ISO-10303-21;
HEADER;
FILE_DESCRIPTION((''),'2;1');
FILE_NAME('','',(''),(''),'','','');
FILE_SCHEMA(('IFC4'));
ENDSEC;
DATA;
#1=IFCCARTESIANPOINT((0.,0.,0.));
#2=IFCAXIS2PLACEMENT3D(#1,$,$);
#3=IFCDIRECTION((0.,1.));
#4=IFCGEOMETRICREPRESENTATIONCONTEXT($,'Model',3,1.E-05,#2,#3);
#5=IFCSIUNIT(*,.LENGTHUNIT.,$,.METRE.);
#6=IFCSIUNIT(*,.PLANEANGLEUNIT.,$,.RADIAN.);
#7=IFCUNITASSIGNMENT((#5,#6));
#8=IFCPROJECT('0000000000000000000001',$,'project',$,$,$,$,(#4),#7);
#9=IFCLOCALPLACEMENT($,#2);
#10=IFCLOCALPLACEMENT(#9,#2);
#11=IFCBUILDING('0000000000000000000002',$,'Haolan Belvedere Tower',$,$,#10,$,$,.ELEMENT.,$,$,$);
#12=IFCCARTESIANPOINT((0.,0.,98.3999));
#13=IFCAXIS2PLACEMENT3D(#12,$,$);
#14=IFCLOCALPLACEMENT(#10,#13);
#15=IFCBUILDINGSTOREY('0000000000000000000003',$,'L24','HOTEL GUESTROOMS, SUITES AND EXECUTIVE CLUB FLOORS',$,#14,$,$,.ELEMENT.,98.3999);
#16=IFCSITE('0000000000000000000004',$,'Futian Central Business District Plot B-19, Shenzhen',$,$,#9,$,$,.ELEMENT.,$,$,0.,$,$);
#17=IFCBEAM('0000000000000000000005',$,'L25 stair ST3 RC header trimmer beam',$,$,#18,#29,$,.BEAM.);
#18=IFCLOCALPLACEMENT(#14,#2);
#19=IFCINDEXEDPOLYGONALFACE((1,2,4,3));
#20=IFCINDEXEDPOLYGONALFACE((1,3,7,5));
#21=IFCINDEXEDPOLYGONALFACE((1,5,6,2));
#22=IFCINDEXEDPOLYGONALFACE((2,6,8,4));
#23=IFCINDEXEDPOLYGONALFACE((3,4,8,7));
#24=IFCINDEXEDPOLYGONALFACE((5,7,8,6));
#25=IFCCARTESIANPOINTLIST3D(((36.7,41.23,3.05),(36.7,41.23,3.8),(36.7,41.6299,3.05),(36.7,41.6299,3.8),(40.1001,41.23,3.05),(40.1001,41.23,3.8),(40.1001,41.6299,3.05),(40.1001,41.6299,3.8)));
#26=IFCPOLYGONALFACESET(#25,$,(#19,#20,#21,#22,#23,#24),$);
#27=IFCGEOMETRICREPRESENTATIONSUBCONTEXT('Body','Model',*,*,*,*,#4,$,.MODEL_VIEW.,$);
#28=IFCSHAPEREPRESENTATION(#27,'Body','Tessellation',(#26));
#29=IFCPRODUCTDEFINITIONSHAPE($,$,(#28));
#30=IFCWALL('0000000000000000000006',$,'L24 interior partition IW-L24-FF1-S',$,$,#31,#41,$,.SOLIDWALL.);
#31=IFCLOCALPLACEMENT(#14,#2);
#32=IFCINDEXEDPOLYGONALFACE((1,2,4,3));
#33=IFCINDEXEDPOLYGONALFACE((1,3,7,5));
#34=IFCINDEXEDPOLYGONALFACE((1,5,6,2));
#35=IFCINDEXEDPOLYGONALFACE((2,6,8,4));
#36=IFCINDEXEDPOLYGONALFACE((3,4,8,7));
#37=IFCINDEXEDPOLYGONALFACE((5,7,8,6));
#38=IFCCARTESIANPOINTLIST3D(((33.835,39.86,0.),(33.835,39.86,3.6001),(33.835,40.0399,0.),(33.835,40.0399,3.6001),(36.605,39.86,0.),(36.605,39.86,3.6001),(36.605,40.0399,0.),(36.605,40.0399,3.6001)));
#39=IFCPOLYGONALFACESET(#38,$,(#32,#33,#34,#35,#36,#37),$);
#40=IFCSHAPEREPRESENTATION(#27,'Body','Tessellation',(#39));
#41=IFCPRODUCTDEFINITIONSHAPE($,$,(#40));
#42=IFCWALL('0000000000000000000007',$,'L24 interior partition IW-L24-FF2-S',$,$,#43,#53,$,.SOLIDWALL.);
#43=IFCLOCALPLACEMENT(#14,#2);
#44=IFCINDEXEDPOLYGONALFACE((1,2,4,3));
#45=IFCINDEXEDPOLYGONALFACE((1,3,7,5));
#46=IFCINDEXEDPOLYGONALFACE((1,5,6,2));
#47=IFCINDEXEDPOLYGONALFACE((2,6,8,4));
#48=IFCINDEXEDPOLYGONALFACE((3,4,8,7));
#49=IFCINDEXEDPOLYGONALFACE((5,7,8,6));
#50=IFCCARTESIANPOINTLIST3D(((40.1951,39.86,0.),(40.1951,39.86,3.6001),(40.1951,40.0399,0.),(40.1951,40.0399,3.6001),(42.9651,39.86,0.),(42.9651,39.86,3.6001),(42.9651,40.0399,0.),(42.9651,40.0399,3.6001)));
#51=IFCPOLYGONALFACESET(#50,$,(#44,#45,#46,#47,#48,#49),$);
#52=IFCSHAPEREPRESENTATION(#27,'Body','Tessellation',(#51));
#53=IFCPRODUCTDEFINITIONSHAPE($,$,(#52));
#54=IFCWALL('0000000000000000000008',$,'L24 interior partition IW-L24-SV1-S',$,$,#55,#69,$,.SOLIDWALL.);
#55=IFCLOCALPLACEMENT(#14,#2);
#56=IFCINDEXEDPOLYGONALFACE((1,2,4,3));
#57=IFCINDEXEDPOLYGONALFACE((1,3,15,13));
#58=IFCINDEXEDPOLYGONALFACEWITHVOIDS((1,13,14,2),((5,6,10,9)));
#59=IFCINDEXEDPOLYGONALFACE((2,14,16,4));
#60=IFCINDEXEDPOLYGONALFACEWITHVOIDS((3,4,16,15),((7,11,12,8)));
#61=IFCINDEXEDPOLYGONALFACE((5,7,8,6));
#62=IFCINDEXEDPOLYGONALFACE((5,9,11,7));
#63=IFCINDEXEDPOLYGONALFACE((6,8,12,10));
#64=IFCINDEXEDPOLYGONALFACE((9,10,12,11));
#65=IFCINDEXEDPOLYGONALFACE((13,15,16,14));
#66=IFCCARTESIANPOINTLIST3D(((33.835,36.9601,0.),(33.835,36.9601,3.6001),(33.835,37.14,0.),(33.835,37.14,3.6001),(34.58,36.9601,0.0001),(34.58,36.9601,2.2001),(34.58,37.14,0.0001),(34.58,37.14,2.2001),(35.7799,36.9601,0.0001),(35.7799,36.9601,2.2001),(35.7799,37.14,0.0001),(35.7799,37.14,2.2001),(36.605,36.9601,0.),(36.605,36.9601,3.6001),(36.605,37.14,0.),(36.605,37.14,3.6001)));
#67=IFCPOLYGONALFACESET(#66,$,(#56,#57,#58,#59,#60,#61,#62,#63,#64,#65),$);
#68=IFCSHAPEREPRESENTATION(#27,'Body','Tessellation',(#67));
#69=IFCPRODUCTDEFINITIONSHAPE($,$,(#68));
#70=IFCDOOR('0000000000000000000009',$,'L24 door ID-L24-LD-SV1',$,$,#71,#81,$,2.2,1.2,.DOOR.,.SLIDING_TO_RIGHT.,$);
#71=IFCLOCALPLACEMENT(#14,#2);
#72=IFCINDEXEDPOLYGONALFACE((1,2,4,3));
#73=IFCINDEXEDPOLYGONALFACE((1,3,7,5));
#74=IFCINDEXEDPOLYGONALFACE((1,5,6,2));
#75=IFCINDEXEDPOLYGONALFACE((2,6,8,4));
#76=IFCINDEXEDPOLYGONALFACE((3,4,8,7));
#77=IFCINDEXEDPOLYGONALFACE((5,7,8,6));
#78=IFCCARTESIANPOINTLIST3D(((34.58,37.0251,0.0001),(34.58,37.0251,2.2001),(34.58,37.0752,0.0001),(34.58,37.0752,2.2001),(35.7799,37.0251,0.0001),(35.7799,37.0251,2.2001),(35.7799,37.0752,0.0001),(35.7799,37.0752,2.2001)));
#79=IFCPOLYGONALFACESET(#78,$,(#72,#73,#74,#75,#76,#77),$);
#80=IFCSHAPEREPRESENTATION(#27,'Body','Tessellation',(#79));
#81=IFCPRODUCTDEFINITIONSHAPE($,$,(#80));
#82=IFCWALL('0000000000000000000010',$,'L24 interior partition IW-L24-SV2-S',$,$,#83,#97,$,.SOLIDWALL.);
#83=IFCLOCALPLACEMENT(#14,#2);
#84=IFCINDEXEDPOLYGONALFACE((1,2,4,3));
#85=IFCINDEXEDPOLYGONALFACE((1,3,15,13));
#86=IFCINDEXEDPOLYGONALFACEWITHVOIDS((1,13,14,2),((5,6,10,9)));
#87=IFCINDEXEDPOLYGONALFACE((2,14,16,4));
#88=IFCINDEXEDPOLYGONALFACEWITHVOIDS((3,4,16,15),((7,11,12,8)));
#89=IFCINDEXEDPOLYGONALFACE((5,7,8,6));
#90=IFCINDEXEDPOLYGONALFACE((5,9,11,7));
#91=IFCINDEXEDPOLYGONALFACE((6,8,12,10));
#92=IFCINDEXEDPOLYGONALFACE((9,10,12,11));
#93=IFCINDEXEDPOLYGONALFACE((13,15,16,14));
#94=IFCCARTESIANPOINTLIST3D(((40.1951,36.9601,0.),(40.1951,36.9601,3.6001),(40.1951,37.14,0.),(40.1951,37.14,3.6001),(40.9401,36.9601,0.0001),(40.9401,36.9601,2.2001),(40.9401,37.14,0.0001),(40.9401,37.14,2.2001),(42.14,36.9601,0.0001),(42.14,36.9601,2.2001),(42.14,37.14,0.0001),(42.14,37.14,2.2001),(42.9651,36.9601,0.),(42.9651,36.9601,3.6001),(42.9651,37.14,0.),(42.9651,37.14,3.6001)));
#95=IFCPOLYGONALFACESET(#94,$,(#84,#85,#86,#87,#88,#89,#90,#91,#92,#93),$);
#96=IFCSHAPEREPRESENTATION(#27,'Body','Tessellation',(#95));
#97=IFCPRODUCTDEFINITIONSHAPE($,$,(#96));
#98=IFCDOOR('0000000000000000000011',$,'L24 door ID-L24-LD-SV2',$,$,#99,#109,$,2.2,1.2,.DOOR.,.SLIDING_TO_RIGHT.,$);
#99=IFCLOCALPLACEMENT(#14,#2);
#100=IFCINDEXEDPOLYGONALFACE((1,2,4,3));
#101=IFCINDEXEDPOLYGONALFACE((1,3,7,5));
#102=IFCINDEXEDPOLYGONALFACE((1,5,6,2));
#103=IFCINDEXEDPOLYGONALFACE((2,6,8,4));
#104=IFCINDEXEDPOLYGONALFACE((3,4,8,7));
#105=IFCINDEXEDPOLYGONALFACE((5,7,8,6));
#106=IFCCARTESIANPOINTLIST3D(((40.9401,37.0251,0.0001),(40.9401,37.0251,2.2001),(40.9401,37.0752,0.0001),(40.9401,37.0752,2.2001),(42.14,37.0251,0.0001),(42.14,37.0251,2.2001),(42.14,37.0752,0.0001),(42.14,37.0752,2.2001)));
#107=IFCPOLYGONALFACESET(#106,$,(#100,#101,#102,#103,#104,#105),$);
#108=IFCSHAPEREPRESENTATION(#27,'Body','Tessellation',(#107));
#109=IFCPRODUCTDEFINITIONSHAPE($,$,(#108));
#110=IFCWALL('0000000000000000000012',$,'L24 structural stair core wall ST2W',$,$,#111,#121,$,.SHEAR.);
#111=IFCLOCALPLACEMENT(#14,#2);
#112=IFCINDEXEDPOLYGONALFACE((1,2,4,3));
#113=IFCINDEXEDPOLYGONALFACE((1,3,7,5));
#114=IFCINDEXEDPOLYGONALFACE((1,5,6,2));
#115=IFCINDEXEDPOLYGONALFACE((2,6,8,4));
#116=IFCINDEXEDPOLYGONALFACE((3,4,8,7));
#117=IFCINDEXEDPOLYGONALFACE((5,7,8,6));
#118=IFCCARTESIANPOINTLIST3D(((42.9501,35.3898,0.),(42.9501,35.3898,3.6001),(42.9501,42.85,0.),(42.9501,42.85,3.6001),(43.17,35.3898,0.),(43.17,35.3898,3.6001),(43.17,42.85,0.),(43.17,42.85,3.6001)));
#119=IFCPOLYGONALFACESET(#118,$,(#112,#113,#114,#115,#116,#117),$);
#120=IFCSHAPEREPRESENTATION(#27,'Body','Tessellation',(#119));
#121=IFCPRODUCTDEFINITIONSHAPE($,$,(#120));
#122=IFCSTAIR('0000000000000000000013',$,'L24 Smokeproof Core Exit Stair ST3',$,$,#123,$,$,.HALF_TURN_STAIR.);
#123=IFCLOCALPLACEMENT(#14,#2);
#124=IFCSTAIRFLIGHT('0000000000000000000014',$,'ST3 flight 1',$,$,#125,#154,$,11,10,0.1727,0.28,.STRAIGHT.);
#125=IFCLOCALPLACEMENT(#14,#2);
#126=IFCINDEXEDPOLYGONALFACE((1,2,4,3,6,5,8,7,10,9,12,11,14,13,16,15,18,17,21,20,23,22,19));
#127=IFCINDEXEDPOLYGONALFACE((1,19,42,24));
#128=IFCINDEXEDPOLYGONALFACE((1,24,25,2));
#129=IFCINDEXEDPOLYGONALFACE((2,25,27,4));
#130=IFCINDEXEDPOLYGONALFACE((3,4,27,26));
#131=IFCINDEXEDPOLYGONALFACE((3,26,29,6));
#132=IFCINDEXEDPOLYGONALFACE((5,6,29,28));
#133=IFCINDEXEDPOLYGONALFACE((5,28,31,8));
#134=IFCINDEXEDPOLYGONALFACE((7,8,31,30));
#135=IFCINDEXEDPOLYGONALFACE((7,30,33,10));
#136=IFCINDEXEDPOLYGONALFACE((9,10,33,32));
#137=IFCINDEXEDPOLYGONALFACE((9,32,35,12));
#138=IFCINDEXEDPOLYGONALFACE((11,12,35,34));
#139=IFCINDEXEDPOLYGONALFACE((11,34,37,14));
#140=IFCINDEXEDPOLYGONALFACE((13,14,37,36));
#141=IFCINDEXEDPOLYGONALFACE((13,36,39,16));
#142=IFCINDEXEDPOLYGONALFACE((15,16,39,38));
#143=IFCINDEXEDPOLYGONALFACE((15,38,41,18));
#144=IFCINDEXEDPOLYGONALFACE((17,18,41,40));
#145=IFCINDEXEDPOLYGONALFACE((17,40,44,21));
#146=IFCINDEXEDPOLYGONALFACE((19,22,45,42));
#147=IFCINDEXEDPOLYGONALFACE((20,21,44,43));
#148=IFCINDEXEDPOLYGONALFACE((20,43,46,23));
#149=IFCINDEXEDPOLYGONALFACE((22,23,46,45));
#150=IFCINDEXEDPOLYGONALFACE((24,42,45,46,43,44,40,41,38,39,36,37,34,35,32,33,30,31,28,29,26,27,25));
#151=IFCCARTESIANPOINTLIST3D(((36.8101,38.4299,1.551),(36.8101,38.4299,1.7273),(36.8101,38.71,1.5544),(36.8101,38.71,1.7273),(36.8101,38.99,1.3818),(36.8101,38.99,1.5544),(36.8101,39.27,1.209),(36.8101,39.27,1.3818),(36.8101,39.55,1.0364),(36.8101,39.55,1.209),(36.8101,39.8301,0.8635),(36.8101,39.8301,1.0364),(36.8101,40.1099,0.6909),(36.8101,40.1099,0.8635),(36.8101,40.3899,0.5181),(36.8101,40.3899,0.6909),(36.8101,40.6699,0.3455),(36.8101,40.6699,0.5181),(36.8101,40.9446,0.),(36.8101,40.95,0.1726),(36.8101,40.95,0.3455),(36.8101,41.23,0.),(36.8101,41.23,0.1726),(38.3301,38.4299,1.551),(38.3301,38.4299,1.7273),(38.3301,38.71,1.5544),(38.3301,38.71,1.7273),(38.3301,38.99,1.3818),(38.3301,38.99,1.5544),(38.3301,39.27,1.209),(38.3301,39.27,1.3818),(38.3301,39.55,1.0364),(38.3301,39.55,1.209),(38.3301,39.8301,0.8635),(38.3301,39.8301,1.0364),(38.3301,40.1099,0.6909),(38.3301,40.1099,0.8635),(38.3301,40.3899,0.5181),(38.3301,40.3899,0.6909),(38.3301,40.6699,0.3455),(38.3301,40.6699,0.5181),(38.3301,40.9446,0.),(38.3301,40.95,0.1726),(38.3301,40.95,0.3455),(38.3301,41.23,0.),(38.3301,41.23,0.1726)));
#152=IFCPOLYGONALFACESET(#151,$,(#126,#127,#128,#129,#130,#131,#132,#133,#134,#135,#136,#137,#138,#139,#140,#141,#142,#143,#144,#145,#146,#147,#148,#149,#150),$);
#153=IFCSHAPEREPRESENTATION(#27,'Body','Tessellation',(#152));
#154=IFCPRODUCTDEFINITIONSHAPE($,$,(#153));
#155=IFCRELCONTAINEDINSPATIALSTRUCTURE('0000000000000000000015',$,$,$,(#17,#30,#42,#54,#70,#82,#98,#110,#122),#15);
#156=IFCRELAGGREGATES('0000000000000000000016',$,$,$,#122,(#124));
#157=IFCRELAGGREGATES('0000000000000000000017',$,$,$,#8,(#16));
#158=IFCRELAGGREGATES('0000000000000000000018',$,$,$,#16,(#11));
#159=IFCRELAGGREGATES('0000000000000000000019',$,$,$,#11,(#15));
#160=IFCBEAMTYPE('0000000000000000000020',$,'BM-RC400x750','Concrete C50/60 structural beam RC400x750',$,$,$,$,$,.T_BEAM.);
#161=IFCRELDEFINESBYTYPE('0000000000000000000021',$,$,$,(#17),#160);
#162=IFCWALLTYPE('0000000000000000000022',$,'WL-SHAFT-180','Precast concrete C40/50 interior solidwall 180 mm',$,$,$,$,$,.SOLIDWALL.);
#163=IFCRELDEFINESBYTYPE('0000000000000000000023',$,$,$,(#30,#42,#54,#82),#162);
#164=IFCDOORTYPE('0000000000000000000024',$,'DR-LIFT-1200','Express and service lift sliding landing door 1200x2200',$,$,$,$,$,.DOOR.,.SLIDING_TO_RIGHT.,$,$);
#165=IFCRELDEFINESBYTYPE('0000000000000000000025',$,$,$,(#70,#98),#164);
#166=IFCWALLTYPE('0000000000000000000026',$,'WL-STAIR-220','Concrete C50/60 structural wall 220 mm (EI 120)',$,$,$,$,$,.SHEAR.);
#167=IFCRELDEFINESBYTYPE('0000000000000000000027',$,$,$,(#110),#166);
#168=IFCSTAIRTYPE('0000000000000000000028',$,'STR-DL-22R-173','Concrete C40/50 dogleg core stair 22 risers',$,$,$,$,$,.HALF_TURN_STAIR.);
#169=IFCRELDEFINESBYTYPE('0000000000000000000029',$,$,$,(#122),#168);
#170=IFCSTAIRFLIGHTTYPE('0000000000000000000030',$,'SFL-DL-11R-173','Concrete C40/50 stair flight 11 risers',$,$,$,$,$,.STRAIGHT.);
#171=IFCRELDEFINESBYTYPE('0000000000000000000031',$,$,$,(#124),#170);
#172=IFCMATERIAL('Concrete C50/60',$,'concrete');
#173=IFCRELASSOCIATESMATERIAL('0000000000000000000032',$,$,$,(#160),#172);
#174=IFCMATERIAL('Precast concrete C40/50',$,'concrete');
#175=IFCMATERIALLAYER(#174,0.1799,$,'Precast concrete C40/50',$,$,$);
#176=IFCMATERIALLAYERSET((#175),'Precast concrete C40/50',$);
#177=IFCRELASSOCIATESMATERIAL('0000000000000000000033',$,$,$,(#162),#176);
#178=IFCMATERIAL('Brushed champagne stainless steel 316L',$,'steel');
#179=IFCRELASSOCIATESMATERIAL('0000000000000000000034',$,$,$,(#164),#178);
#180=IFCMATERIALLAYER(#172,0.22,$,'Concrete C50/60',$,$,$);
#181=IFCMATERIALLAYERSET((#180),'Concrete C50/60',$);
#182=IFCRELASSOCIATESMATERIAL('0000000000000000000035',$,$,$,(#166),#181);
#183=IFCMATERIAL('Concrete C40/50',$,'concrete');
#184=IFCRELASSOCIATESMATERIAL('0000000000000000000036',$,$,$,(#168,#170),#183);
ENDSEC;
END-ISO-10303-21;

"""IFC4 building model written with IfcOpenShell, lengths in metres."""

from ifc_helpers import new_model, si_unit, direction, frame, frame_2d, origin, origin_2d, place, context, subcontext, project, spatial, polyline, rectangle, outline, extrude, material, layer, layer_set, material_profile, profile_set, type_object, element, fill, aggregate, save


model = new_model("IFC4")

# Units and contexts
model_context = context("Model", 3, precision=1e-05, world=origin(), true_north=direction((0.0, 1.0)))
body_context = subcontext(model_context, "Body", "Model", "MODEL_VIEW")
ifc_project = project(units=[si_unit("LENGTHUNIT", "METRE"), si_unit("PLANEANGLEUNIT", "RADIAN")], contexts=[model_context])

# Site, building, storey
site_placement = place(None, origin())
site = spatial("IfcSite", under=ifc_project, at=site_placement, Name="Futian Central Business District Plot B-19, Shenzhen", CompositionType="ELEMENT", RefElevation=0.0)
building_placement = place(site_placement, origin())
building = spatial("IfcBuilding", under=site, at=building_placement, Name="Haolan Belvedere Tower", CompositionType="ELEMENT")
storey_placement = place(building_placement, frame((0.0, 0.0, 98.3999)))
storey = spatial("IfcBuildingStorey", under=building, at=storey_placement, Name="L24", Description="HOTEL GUESTROOMS, SUITES AND EXECUTIVE CLUB FLOORS", CompositionType="ELEMENT", Elevation=98.3999)

# Beam
ifc_material_1 = material(Name="Concrete C50/60", Category="concrete")
ifc_material_profile = material_profile(ifc_material_1, rectangle(XDim=0.3999, YDim=0.75, at=origin_2d()), Name="Concrete C50/60")
ifc_profile_set = profile_set([ifc_material_profile], Name="Concrete C50/60")
beam_type = type_object("IfcBeamType", Name="BM-RC400x750", Description="Concrete C50/60 structural beam RC400x750", PredefinedType="T_BEAM", material=ifc_profile_set)
beam_placement = place(storey_placement, frame((36.7, 41.4299, 3.425), z_axis=(1.0, 0.0, 0.0), x_axis=(0.0, 1.0, 0.0)))
element("IfcBeam", 1, at=beam_placement, inside=storey, type_object=beam_type, Name="L25 stair ST3 RC header trimmer beam", PredefinedType="BEAM", context=body_context, shape_type="SweptSolid", body=[
    extrude(rectangle(XDim=0.3999, YDim=0.75, at=origin_2d()), origin(), (0.0, 0.0, 1.0), 3.4001),
])

# Walls
ifc_material_2 = material(Name="Precast concrete C40/50", Category="concrete")
ifc_layer_1 = layer(ifc_material_2, 0.1799, Name="Precast concrete C40/50")
ifc_layer_set_1 = layer_set([ifc_layer_1], Name="Precast concrete C40/50")
wall_type_1 = type_object("IfcWallType", Name="WL-SHAFT-180", Description="Precast concrete C40/50 interior solidwall 180 mm", PredefinedType="SOLIDWALL", material=ifc_layer_set_1)
for number, where, z_axis, x_axis, name in (
    (2, (33.835, 39.95, 0.0), (0.0, 0.0, 1.0), (1.0, 0.0, 0.0), "L24 interior partition IW-L24-FF1-S"),
    (3, (40.1951, 39.95, 0.0), (0.0, 0.0, 1.0), (1.0, 0.0, 0.0), "L24 interior partition IW-L24-FF2-S"),
):
    element("IfcWall", number, at=place(storey_placement, frame(where, z_axis=z_axis, x_axis=x_axis)), inside=storey, type_object=wall_type_1, Name=name, PredefinedType="SOLIDWALL", context=body_context, shape_type="SweptSolid", body=[
        extrude(rectangle(XDim=2.77, YDim=0.1799, at=frame_2d((1.385, 0.0))), origin(), (0.0, 0.0, 1.0), 3.6001),
    ])

# Walls, openings, doors
wall_1_placement = place(storey_placement, frame((33.835, 37.05, 0.0), z_axis=(0.0, 0.0, 1.0), x_axis=(1.0, 0.0, 0.0)))
wall_1 = element("IfcWall", 4, at=wall_1_placement, inside=storey, type_object=wall_type_1, Name="L24 interior partition IW-L24-SV1-S", PredefinedType="SOLIDWALL", context=body_context, shape_type="SweptSolid", body=[
    extrude(rectangle(XDim=2.77, YDim=0.1799, at=frame_2d((1.385, 0.0))), origin(), (0.0, 0.0, 1.0), 3.6001),
])
opening_1_placement = place(wall_1_placement, frame((1.9451, 0.0, 0.0), z_axis=(0.0, 0.0, 1.0), x_axis=(-1.0, 0.0, 0.0)))
opening_1 = element("IfcOpeningElement", 5, at=opening_1_placement, cuts=wall_1, PredefinedType="OPENING", context=body_context, shape_type="SweptSolid", body=[
    extrude(rectangle(XDim=1.2, YDim=2.2, at=frame_2d((0.6001, 1.1001))), frame((0.0, 0.0999, 0.0), z_axis=(0.0, -1.0, 0.0), x_axis=(1.0, 0.0, 0.0)), (0.0, 0.0, 1.0), 0.2),
])
ifc_material_3 = material(Name="Brushed champagne stainless steel 316L", Category="steel")
door_type = type_object("IfcDoorType", Name="DR-LIFT-1200", Description="Express and service lift sliding landing door 1200x2200", OperationType="SLIDING_TO_RIGHT", PredefinedType="DOOR", material=ifc_material_3)
door_1_placement = place(opening_1_placement, origin())
door_1 = element("IfcDoor", 6, at=door_1_placement, inside=storey, type_object=door_type, Name="L24 door ID-L24-LD-SV1", OperationType="SLIDING_TO_RIGHT", OverallHeight=2.2, OverallWidth=1.2, PredefinedType="DOOR", context=body_context, shape_type="SweptSolid", body=[
    extrude(rectangle(XDim=1.2, YDim=2.2, at=frame_2d((0.6001, 1.1001))), frame((0.0, 0.0249, 0.0), z_axis=(0.0, -1.0, 0.0), x_axis=(1.0, 0.0, 0.0)), (0.0, 0.0, 1.0), 0.05),
])
fill(opening_1, door_1)
wall_2_placement = place(storey_placement, frame((40.1951, 37.05, 0.0), z_axis=(0.0, 0.0, 1.0), x_axis=(1.0, 0.0, 0.0)))
wall_2 = element("IfcWall", 7, at=wall_2_placement, inside=storey, type_object=wall_type_1, Name="L24 interior partition IW-L24-SV2-S", PredefinedType="SOLIDWALL", context=body_context, shape_type="SweptSolid", body=[
    extrude(rectangle(XDim=2.77, YDim=0.1799, at=frame_2d((1.385, 0.0))), origin(), (0.0, 0.0, 1.0), 3.6001),
])
opening_2_placement = place(wall_2_placement, frame((1.9451, 0.0, 0.0), z_axis=(0.0, 0.0, 1.0), x_axis=(-1.0, 0.0, 0.0)))
opening_2 = element("IfcOpeningElement", 8, at=opening_2_placement, cuts=wall_2, PredefinedType="OPENING", context=body_context, shape_type="SweptSolid", body=[
    extrude(rectangle(XDim=1.2, YDim=2.2, at=frame_2d((0.6001, 1.1001))), frame((0.0, 0.0999, 0.0), z_axis=(0.0, -1.0, 0.0), x_axis=(1.0, 0.0, 0.0)), (0.0, 0.0, 1.0), 0.2),
])
door_2_placement = place(opening_2_placement, origin())
door_2 = element("IfcDoor", 9, at=door_2_placement, inside=storey, type_object=door_type, Name="L24 door ID-L24-LD-SV2", OperationType="SLIDING_TO_RIGHT", OverallHeight=2.2, OverallWidth=1.2, PredefinedType="DOOR", context=body_context, shape_type="SweptSolid", body=[
    extrude(rectangle(XDim=1.2, YDim=2.2, at=frame_2d((0.6001, 1.1001))), frame((0.0, 0.0249, 0.0), z_axis=(0.0, -1.0, 0.0), x_axis=(1.0, 0.0, 0.0)), (0.0, 0.0, 1.0), 0.05),
])
fill(opening_2, door_2)

# Wall
ifc_layer_2 = layer(ifc_material_1, 0.22, Name="Concrete C50/60")
ifc_layer_set_2 = layer_set([ifc_layer_2], Name="Concrete C50/60")
wall_type_2 = type_object("IfcWallType", Name="WL-STAIR-220", Description="Concrete C50/60 structural wall 220 mm (EI 120)", PredefinedType="SHEAR", material=ifc_layer_set_2)
wall_3_placement = place(storey_placement, frame((43.0601, 35.3899, 0.0), z_axis=(0.0, 0.0, 1.0), x_axis=(0.0, 1.0, 0.0)))
element("IfcWall", 10, at=wall_3_placement, inside=storey, type_object=wall_type_2, Name="L24 structural stair core wall ST2W", PredefinedType="SHEAR", context=body_context, shape_type="SweptSolid", body=[
    extrude(rectangle(XDim=7.4602, YDim=0.22, at=frame_2d((3.73, 0.0))), origin(), (0.0, 0.0, 1.0), 3.6001),
])

# Stair, stair flight
ifc_material_4 = material(Name="Concrete C40/50", Category="concrete")
stair_type = type_object("IfcStairType", Name="STR-DL-22R-173", Description="Concrete C40/50 dogleg core stair 22 risers", PredefinedType="HALF_TURN_STAIR", material=ifc_material_4)
stair_1_placement = place(storey_placement, origin())
stair_1 = element("IfcStair", 11, at=stair_1_placement, inside=storey, type_object=stair_type, Name="L24 Smokeproof Core Exit Stair ST3", PredefinedType="HALF_TURN_STAIR")
stair_flight_type = type_object("IfcStairFlightType", Name="SFL-DL-11R-173", Description="Concrete C40/50 stair flight 11 risers", PredefinedType="STRAIGHT", material=ifc_material_4)
stair_flight_1_placement = place(storey_placement, frame((37.5701, 41.23, 0.0), z_axis=(0.0, 0.0, 1.0), x_axis=(0.0, -1.0, 0.0)))
stair_flight_1 = element("IfcStairFlight", 12, at=stair_flight_1_placement, type_object=stair_flight_type, Name="ST3 flight 1", NumberOfRisers=11, NumberOfTreads=10, PredefinedType="STRAIGHT", RiserHeight=0.1727, TreadLength=0.28, context=body_context, shape_type="SweptSolid", body=[
    extrude(outline(polyline([(0.0, 0.0), (0.0, 0.1726), (0.28, 0.1726), (0.28, 0.3455), (0.5601, 0.3455), (0.5601, 0.5181), (0.8401, 0.5181), (0.8401, 0.6909), (1.1201, 0.6909), (1.1201, 0.8635), (1.3999, 0.8635), (1.3999, 1.0364), (1.6799, 1.0364), (1.6799, 1.209), (1.96, 1.209), (1.96, 1.3818), (2.24, 1.3818), (2.24, 1.5544), (2.52, 1.5544), (2.52, 1.7273), (2.8, 1.7273), (2.8, 1.8999), (2.8, 1.551), (0.2854, 0.0), (0.0, 0.0)])), frame((0.0, 0.76, 0.0), z_axis=(0.0, -1.0, 0.0), x_axis=(1.0, 0.0, 0.0)), (0.0, 0.0, 1.0), 1.52),
])
aggregate(stair_1, [stair_flight_1])

save(model, "model.ifc")
